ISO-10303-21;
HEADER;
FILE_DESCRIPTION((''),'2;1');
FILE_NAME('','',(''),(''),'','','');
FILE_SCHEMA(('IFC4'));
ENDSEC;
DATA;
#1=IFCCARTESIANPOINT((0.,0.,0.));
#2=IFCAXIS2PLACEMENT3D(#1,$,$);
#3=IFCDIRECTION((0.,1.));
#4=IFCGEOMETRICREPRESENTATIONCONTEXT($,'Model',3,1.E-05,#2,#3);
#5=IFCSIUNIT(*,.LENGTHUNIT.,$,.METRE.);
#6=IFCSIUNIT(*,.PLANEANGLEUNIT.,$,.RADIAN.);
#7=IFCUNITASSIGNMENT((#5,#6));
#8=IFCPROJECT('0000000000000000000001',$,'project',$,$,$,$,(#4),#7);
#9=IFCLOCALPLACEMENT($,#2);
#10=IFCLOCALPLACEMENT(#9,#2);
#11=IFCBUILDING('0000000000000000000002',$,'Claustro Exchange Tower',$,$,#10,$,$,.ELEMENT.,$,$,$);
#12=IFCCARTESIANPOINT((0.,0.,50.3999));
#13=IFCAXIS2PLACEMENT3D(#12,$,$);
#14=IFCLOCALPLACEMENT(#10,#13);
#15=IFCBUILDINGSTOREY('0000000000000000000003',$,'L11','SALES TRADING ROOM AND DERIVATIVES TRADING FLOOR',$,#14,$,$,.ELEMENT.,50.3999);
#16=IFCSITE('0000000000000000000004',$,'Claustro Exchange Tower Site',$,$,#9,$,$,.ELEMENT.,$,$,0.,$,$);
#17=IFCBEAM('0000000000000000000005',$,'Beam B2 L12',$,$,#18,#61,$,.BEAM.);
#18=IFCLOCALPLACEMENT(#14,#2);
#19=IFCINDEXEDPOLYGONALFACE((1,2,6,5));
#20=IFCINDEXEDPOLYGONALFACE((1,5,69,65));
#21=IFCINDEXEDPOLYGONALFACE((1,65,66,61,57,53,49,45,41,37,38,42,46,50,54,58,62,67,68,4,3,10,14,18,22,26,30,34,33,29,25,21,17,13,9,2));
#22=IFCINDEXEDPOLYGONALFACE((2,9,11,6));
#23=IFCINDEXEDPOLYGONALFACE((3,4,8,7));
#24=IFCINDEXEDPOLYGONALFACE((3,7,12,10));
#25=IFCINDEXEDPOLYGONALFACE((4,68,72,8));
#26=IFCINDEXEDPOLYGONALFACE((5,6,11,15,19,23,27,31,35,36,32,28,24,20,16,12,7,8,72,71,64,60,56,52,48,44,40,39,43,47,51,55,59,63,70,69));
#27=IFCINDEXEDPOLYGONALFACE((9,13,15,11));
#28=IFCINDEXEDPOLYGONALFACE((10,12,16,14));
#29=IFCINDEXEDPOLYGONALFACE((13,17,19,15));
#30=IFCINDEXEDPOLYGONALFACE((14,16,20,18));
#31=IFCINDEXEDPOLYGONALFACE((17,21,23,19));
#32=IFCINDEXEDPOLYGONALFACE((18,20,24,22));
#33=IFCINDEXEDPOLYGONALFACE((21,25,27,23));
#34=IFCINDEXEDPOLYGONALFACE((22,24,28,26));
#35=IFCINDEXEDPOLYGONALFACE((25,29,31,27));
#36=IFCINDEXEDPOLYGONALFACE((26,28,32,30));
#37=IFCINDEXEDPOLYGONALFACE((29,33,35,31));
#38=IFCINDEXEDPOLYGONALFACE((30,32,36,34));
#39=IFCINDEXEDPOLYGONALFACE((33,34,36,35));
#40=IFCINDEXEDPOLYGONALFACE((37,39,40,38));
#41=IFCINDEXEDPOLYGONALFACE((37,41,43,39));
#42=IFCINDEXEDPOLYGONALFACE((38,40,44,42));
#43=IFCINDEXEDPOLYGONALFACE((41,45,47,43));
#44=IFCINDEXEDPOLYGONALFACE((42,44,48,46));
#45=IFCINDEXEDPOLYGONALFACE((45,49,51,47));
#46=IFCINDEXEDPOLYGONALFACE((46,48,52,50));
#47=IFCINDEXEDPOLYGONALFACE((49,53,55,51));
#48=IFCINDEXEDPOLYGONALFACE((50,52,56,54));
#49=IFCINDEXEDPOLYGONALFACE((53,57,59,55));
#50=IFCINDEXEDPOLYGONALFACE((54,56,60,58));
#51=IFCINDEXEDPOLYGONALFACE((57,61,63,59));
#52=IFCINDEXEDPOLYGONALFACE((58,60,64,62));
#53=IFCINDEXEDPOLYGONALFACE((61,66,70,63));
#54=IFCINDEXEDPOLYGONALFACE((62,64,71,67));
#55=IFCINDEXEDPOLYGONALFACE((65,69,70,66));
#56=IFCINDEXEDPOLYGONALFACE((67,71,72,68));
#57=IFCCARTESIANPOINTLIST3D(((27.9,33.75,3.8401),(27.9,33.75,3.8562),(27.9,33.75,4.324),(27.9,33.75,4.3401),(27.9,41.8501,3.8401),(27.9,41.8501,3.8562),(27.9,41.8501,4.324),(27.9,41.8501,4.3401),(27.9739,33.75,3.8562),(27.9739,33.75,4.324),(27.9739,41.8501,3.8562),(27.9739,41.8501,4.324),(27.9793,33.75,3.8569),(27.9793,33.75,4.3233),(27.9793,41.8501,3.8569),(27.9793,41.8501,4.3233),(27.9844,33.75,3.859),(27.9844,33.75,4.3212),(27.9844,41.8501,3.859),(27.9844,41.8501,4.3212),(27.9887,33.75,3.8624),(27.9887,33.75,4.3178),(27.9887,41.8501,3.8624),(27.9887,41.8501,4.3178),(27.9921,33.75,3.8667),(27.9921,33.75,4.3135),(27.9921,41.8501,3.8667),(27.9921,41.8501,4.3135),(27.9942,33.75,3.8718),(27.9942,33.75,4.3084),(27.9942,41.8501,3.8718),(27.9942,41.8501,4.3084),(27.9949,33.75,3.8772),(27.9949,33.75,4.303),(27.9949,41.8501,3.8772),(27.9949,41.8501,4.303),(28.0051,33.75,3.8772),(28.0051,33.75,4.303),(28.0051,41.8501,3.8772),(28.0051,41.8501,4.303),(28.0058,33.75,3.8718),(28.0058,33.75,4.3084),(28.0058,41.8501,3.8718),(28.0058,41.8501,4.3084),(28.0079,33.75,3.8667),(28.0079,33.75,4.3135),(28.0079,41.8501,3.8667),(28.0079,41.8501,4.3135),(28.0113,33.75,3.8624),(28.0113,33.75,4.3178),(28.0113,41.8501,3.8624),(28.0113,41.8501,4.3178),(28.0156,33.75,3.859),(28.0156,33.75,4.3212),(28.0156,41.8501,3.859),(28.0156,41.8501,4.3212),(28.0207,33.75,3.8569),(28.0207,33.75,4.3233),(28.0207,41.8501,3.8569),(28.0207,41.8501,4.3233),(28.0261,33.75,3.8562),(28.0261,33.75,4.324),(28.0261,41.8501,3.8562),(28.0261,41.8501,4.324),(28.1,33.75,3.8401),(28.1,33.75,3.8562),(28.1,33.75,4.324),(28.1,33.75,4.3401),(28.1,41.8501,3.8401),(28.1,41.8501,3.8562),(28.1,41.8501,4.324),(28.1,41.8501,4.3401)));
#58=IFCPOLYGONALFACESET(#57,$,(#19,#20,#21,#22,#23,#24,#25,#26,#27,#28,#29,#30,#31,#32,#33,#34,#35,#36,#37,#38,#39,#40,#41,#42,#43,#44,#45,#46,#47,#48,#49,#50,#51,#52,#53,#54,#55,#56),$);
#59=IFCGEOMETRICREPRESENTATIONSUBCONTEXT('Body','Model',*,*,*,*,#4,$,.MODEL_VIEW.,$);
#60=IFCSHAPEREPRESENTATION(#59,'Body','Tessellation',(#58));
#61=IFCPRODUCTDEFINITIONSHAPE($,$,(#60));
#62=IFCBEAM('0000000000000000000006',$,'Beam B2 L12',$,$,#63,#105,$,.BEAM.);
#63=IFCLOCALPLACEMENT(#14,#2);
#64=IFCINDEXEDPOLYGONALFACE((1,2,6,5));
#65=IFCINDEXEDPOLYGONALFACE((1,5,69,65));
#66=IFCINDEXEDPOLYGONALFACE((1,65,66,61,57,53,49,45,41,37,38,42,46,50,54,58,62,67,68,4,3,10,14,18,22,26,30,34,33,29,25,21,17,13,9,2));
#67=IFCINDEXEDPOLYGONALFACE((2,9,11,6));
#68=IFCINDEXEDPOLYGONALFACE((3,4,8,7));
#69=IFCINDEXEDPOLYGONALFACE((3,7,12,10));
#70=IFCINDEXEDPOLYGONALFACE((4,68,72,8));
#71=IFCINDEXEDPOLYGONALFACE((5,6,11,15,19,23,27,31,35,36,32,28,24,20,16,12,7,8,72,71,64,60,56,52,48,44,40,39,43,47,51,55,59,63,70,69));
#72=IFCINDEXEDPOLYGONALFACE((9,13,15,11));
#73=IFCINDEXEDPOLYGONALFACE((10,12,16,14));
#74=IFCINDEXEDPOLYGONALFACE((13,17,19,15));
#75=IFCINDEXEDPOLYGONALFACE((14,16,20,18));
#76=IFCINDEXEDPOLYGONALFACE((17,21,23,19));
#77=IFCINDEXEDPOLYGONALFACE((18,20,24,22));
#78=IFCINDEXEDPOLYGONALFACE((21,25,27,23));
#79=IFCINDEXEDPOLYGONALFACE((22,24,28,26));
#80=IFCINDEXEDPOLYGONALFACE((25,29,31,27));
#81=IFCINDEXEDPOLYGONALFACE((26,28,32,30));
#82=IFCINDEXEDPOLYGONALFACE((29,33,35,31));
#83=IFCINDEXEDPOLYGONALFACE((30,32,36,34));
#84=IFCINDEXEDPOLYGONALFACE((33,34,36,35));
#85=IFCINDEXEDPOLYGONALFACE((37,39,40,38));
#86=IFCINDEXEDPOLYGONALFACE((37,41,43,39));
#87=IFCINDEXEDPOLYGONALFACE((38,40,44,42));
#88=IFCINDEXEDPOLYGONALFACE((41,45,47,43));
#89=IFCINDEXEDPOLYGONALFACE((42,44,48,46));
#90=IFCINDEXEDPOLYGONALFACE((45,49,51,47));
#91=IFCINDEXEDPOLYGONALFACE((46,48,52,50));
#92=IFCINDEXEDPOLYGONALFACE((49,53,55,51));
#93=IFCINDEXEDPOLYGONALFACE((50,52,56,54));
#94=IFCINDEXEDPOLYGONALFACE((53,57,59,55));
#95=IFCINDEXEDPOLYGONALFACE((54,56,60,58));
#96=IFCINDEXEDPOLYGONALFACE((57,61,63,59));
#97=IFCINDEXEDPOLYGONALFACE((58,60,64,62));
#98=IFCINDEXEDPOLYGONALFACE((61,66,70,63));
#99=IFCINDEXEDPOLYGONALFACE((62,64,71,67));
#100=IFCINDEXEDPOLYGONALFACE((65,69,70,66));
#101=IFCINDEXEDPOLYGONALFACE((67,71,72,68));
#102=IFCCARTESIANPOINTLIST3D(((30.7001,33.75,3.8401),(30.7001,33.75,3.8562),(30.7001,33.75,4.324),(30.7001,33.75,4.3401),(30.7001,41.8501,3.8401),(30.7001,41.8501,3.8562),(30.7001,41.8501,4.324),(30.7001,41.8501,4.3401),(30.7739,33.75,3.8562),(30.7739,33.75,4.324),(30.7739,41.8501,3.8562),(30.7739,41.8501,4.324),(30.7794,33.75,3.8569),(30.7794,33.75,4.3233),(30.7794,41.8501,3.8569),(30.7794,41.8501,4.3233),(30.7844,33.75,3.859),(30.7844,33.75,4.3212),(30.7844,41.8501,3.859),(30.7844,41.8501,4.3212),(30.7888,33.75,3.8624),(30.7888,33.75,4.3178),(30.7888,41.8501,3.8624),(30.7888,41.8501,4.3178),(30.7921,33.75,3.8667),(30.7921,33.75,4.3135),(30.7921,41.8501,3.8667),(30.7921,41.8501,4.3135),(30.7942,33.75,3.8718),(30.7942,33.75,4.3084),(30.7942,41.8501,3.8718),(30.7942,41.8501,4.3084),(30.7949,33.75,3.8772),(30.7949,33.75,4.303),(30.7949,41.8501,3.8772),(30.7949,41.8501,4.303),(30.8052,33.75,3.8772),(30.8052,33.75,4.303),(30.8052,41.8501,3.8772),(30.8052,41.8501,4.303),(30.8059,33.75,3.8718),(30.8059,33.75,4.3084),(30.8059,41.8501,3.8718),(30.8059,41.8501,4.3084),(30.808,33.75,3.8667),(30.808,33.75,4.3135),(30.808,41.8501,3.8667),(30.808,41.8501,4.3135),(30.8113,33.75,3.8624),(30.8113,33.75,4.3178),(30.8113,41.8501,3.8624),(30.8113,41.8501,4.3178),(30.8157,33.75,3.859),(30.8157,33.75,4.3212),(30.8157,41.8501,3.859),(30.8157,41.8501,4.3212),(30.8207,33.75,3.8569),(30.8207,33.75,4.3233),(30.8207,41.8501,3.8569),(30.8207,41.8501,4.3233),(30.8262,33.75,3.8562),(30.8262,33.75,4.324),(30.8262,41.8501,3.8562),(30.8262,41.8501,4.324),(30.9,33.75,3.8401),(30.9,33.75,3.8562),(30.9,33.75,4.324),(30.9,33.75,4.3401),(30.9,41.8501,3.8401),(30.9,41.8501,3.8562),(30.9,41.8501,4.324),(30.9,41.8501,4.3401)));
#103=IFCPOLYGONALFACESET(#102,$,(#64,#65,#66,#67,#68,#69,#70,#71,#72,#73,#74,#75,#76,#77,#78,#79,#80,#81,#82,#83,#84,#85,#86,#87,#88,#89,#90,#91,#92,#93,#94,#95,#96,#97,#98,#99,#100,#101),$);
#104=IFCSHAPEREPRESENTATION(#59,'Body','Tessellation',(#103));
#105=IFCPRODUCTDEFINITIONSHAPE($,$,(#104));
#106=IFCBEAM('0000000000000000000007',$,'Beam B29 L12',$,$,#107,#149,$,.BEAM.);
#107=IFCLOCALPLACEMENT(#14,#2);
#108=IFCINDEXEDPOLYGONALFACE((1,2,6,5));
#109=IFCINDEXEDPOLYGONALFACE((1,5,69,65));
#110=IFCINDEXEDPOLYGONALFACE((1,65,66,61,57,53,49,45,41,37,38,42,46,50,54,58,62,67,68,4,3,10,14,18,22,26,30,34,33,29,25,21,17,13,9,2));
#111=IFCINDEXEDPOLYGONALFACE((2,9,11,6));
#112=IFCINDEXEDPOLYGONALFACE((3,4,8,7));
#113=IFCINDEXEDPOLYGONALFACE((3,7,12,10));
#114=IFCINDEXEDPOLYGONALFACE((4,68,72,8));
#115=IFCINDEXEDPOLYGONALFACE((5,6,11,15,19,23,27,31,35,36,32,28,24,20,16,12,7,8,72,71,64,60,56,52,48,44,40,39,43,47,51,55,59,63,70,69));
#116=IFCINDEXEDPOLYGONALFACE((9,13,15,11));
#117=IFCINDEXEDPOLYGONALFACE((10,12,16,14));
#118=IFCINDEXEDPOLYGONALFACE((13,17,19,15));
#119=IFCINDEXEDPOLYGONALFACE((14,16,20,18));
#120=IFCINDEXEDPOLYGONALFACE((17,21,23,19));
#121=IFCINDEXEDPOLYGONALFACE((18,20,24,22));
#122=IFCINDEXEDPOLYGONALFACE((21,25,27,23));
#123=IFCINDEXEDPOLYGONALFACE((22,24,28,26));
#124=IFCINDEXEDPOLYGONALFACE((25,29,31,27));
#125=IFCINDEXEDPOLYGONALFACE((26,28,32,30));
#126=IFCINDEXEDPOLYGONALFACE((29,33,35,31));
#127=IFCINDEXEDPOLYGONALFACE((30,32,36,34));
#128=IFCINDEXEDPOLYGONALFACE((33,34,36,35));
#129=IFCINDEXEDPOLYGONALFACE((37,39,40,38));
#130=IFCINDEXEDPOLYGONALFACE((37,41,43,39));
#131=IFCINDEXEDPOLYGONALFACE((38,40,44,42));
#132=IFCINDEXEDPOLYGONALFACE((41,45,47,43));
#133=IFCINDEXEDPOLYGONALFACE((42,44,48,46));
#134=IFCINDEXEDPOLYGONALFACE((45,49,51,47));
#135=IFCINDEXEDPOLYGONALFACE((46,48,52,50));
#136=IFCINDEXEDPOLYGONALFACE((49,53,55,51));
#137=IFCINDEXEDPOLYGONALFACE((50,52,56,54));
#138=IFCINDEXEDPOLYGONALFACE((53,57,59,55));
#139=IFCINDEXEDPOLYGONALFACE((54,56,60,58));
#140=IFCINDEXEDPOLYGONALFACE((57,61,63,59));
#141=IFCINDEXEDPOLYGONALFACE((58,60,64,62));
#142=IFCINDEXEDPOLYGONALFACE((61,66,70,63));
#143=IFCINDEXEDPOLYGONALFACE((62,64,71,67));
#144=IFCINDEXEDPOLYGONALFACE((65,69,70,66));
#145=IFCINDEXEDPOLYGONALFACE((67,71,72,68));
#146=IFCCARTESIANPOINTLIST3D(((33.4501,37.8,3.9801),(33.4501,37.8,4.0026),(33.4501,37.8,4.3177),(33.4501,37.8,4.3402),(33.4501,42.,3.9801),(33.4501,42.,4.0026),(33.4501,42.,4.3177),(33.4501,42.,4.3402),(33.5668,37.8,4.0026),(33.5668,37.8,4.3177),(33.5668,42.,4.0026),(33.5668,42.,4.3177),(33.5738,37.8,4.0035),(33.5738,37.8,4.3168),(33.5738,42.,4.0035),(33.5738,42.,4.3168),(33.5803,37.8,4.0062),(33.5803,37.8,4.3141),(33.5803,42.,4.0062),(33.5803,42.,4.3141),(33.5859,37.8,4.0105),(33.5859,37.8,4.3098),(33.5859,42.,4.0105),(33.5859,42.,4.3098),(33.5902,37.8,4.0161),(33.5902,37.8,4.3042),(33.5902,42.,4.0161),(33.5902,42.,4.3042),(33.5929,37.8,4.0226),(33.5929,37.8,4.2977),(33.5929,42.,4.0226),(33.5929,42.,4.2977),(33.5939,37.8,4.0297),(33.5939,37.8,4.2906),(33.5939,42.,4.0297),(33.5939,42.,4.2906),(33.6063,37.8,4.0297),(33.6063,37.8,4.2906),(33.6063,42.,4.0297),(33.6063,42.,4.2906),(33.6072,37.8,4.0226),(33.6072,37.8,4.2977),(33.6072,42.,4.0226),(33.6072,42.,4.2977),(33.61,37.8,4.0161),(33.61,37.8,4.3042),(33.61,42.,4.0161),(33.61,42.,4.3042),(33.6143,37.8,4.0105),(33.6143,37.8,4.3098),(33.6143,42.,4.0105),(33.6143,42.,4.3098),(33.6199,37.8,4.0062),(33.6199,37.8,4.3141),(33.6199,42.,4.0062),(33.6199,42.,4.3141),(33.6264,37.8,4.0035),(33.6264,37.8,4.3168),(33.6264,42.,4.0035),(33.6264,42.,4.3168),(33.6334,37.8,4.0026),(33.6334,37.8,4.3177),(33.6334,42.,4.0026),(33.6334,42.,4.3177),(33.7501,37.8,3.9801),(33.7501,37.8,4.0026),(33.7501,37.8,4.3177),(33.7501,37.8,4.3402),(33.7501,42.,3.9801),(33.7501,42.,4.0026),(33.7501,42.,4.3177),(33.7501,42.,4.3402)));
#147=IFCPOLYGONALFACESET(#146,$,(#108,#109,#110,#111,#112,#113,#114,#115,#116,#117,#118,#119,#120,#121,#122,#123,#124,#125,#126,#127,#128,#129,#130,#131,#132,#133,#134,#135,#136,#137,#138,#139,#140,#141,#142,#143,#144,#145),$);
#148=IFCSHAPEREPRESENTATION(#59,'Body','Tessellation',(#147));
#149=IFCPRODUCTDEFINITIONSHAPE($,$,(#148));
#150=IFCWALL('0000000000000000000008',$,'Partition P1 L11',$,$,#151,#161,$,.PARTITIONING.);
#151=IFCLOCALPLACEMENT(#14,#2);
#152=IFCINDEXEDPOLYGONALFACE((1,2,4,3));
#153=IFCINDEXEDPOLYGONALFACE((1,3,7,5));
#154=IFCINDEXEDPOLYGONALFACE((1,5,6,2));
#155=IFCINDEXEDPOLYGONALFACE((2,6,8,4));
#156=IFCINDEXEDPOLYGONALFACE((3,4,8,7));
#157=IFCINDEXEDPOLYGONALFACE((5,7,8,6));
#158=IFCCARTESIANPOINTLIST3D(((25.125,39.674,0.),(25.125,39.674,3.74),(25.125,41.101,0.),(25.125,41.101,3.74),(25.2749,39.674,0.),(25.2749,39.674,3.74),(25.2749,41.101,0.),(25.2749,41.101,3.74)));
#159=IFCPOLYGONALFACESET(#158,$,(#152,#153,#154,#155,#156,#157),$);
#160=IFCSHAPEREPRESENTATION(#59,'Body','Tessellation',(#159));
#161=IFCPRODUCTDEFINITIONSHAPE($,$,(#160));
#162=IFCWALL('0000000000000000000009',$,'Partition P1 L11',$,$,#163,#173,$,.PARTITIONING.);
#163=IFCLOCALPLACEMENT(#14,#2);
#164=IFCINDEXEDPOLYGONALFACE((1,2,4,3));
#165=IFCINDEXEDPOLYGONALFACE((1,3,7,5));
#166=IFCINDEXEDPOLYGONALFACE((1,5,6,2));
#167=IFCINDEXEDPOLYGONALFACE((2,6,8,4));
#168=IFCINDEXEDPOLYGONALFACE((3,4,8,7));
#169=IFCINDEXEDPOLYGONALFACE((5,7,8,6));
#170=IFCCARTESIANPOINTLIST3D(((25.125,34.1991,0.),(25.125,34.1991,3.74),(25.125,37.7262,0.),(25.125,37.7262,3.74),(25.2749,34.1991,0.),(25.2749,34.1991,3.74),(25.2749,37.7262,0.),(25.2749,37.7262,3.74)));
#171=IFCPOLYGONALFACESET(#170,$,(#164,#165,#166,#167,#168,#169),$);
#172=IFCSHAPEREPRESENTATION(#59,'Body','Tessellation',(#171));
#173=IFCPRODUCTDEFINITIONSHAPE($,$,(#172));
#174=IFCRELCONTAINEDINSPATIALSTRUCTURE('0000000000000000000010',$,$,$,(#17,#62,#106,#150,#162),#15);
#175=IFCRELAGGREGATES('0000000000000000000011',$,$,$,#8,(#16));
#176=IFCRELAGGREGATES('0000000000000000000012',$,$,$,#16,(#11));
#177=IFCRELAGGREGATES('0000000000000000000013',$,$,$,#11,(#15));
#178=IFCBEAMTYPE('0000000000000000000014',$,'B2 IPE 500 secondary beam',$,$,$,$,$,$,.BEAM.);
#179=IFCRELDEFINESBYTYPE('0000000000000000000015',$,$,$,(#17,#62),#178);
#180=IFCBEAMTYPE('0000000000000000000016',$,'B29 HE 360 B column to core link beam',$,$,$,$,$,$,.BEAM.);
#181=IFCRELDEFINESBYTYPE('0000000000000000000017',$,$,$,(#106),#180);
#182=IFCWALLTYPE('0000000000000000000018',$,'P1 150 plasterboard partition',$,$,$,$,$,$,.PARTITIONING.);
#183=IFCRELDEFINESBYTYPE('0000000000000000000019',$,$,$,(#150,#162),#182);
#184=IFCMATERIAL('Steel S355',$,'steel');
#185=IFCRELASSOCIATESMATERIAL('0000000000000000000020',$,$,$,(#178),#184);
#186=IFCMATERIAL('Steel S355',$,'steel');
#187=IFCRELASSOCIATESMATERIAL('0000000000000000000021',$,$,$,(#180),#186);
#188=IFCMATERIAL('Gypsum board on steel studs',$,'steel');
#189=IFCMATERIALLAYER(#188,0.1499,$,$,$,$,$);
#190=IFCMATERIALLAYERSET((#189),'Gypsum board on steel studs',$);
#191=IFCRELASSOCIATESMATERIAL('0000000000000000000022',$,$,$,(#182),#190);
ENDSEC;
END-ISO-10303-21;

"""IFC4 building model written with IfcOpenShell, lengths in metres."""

from ifc_helpers import new_model, si_unit, direction, frame, frame_2d, origin, origin_2d, place, context, subcontext, project, spatial, rectangle, i_section, extrude, material, layer, layer_set, material_profile, profile_set, type_object, element, save


model = new_model("IFC4")

# Units and contexts
model_context = context("Model", 3, precision=1e-05, world=origin(), true_north=direction((0.0, 1.0)))
body_context = subcontext(model_context, "Body", "Model", "MODEL_VIEW")
ifc_project = project(units=[si_unit("LENGTHUNIT", "METRE"), si_unit("PLANEANGLEUNIT", "RADIAN")], contexts=[model_context])

# Site, building, storey
site_placement = place(None, origin())
site = spatial("IfcSite", under=ifc_project, at=site_placement, Name="Claustro Exchange Tower Site", CompositionType="ELEMENT", RefElevation=0.0)
building_placement = place(site_placement, origin())
building = spatial("IfcBuilding", under=site, at=building_placement, Name="Claustro Exchange Tower", CompositionType="ELEMENT")
storey_placement = place(building_placement, frame((0.0, 0.0, 50.3999)))
storey = spatial("IfcBuildingStorey", under=building, at=storey_placement, Name="L11", Description="SALES TRADING ROOM AND DERIVATIVES TRADING FLOOR", CompositionType="ELEMENT", Elevation=50.3999)

# Beams
ifc_material_1 = material(Name="Steel S355", Category="steel")
ifc_material_profile_1 = material_profile(ifc_material_1, i_section(OverallWidth=0.2, OverallDepth=0.5, WebThickness=0.0103, FlangeThickness=0.0161, FilletRadius=0.021, at=origin_2d()), Name="IPE 500")
ifc_profile_set_1 = profile_set([ifc_material_profile_1], Name="Steel S355")
beam_type_1 = type_object("IfcBeamType", Name="B2 IPE 500 secondary beam", PredefinedType="BEAM", material=ifc_profile_set_1)
for number, where, z_axis, x_axis, name in (
    (1, (28.0, 33.75, 4.0901), (0.0, 1.0, 0.0), (-1.0, 0.0, 0.0), "Beam B2 L12"),
    (2, (30.8, 33.75, 4.0901), (0.0, 1.0, 0.0), (-1.0, 0.0, 0.0), "Beam B2 L12"),
):
    element("IfcBeam", number, at=place(storey_placement, frame(where, z_axis=z_axis, x_axis=x_axis)), inside=storey, type_object=beam_type_1, Name=name, PredefinedType="BEAM", context=body_context, shape_type="SweptSolid", body=[
        extrude(i_section(OverallWidth=0.2, OverallDepth=0.5, WebThickness=0.0103, FlangeThickness=0.0161, FilletRadius=0.021, at=origin_2d()), origin(), (0.0, 0.0, 1.0), 8.1001),
    ])
ifc_material_2 = material(Name="Steel S355", Category="steel")
ifc_material_profile_2 = material_profile(ifc_material_2, i_section(OverallWidth=0.3, OverallDepth=0.3601, WebThickness=0.0125, FlangeThickness=0.0225, FilletRadius=0.0271, at=origin_2d()), Name="HE 360 B")
ifc_profile_set_2 = profile_set([ifc_material_profile_2], Name="Steel S355")
beam_type_2 = type_object("IfcBeamType", Name="B29 HE 360 B column to core link beam", PredefinedType="BEAM", material=ifc_profile_set_2)
beam_1_placement = place(storey_placement, frame((33.6001, 37.8, 4.1602), z_axis=(0.0, 1.0, 0.0), x_axis=(-1.0, 0.0, 0.0)))
element("IfcBeam", 3, at=beam_1_placement, inside=storey, type_object=beam_type_2, Name="Beam B29 L12", PredefinedType="BEAM", context=body_context, shape_type="SweptSolid", body=[
    extrude(i_section(OverallWidth=0.3, OverallDepth=0.3601, WebThickness=0.0125, FlangeThickness=0.0225, FilletRadius=0.0271, at=origin_2d()), origin(), (0.0, 0.0, 1.0), 4.2),
])

# Walls
ifc_material_3 = material(Name="Gypsum board on steel studs", Category="steel")
ifc_layer_1 = layer(ifc_material_3, 0.1499)
ifc_layer_set_1 = layer_set([ifc_layer_1], Name="Gypsum board on steel studs")
wall_type_1 = type_object("IfcWallType", Name="P1 150 plasterboard partition", PredefinedType="PARTITIONING", material=ifc_layer_set_1)
wall_1_placement = place(storey_placement, frame((25.2, 39.6741, 0.0), z_axis=(0.0, 0.0, 1.0), x_axis=(0.0, 1.0, 0.0)))
element("IfcWall", 4, at=wall_1_placement, inside=storey, type_object=wall_type_1, Name="Partition P1 L11", PredefinedType="PARTITIONING", context=body_context, shape_type="SweptSolid", body=[
    extrude(rectangle(XDim=1.427, YDim=0.1499, at=frame_2d((0.7134, 0.0))), origin(), (0.0, 0.0, 1.0), 3.74),
])
wall_2_placement = place(storey_placement, frame((25.2, 34.199, 0.0), z_axis=(0.0, 0.0, 1.0), x_axis=(0.0, 1.0, 0.0)))
element("IfcWall", 5, at=wall_2_placement, inside=storey, type_object=wall_type_1, Name="Partition P1 L11", PredefinedType="PARTITIONING", context=body_context, shape_type="SweptSolid", body=[
    extrude(rectangle(XDim=3.5271, YDim=0.1499, at=frame_2d((1.7637, 0.0))), origin(), (0.0, 0.0, 1.0), 3.74),
])

save(model, "model.ifc")
